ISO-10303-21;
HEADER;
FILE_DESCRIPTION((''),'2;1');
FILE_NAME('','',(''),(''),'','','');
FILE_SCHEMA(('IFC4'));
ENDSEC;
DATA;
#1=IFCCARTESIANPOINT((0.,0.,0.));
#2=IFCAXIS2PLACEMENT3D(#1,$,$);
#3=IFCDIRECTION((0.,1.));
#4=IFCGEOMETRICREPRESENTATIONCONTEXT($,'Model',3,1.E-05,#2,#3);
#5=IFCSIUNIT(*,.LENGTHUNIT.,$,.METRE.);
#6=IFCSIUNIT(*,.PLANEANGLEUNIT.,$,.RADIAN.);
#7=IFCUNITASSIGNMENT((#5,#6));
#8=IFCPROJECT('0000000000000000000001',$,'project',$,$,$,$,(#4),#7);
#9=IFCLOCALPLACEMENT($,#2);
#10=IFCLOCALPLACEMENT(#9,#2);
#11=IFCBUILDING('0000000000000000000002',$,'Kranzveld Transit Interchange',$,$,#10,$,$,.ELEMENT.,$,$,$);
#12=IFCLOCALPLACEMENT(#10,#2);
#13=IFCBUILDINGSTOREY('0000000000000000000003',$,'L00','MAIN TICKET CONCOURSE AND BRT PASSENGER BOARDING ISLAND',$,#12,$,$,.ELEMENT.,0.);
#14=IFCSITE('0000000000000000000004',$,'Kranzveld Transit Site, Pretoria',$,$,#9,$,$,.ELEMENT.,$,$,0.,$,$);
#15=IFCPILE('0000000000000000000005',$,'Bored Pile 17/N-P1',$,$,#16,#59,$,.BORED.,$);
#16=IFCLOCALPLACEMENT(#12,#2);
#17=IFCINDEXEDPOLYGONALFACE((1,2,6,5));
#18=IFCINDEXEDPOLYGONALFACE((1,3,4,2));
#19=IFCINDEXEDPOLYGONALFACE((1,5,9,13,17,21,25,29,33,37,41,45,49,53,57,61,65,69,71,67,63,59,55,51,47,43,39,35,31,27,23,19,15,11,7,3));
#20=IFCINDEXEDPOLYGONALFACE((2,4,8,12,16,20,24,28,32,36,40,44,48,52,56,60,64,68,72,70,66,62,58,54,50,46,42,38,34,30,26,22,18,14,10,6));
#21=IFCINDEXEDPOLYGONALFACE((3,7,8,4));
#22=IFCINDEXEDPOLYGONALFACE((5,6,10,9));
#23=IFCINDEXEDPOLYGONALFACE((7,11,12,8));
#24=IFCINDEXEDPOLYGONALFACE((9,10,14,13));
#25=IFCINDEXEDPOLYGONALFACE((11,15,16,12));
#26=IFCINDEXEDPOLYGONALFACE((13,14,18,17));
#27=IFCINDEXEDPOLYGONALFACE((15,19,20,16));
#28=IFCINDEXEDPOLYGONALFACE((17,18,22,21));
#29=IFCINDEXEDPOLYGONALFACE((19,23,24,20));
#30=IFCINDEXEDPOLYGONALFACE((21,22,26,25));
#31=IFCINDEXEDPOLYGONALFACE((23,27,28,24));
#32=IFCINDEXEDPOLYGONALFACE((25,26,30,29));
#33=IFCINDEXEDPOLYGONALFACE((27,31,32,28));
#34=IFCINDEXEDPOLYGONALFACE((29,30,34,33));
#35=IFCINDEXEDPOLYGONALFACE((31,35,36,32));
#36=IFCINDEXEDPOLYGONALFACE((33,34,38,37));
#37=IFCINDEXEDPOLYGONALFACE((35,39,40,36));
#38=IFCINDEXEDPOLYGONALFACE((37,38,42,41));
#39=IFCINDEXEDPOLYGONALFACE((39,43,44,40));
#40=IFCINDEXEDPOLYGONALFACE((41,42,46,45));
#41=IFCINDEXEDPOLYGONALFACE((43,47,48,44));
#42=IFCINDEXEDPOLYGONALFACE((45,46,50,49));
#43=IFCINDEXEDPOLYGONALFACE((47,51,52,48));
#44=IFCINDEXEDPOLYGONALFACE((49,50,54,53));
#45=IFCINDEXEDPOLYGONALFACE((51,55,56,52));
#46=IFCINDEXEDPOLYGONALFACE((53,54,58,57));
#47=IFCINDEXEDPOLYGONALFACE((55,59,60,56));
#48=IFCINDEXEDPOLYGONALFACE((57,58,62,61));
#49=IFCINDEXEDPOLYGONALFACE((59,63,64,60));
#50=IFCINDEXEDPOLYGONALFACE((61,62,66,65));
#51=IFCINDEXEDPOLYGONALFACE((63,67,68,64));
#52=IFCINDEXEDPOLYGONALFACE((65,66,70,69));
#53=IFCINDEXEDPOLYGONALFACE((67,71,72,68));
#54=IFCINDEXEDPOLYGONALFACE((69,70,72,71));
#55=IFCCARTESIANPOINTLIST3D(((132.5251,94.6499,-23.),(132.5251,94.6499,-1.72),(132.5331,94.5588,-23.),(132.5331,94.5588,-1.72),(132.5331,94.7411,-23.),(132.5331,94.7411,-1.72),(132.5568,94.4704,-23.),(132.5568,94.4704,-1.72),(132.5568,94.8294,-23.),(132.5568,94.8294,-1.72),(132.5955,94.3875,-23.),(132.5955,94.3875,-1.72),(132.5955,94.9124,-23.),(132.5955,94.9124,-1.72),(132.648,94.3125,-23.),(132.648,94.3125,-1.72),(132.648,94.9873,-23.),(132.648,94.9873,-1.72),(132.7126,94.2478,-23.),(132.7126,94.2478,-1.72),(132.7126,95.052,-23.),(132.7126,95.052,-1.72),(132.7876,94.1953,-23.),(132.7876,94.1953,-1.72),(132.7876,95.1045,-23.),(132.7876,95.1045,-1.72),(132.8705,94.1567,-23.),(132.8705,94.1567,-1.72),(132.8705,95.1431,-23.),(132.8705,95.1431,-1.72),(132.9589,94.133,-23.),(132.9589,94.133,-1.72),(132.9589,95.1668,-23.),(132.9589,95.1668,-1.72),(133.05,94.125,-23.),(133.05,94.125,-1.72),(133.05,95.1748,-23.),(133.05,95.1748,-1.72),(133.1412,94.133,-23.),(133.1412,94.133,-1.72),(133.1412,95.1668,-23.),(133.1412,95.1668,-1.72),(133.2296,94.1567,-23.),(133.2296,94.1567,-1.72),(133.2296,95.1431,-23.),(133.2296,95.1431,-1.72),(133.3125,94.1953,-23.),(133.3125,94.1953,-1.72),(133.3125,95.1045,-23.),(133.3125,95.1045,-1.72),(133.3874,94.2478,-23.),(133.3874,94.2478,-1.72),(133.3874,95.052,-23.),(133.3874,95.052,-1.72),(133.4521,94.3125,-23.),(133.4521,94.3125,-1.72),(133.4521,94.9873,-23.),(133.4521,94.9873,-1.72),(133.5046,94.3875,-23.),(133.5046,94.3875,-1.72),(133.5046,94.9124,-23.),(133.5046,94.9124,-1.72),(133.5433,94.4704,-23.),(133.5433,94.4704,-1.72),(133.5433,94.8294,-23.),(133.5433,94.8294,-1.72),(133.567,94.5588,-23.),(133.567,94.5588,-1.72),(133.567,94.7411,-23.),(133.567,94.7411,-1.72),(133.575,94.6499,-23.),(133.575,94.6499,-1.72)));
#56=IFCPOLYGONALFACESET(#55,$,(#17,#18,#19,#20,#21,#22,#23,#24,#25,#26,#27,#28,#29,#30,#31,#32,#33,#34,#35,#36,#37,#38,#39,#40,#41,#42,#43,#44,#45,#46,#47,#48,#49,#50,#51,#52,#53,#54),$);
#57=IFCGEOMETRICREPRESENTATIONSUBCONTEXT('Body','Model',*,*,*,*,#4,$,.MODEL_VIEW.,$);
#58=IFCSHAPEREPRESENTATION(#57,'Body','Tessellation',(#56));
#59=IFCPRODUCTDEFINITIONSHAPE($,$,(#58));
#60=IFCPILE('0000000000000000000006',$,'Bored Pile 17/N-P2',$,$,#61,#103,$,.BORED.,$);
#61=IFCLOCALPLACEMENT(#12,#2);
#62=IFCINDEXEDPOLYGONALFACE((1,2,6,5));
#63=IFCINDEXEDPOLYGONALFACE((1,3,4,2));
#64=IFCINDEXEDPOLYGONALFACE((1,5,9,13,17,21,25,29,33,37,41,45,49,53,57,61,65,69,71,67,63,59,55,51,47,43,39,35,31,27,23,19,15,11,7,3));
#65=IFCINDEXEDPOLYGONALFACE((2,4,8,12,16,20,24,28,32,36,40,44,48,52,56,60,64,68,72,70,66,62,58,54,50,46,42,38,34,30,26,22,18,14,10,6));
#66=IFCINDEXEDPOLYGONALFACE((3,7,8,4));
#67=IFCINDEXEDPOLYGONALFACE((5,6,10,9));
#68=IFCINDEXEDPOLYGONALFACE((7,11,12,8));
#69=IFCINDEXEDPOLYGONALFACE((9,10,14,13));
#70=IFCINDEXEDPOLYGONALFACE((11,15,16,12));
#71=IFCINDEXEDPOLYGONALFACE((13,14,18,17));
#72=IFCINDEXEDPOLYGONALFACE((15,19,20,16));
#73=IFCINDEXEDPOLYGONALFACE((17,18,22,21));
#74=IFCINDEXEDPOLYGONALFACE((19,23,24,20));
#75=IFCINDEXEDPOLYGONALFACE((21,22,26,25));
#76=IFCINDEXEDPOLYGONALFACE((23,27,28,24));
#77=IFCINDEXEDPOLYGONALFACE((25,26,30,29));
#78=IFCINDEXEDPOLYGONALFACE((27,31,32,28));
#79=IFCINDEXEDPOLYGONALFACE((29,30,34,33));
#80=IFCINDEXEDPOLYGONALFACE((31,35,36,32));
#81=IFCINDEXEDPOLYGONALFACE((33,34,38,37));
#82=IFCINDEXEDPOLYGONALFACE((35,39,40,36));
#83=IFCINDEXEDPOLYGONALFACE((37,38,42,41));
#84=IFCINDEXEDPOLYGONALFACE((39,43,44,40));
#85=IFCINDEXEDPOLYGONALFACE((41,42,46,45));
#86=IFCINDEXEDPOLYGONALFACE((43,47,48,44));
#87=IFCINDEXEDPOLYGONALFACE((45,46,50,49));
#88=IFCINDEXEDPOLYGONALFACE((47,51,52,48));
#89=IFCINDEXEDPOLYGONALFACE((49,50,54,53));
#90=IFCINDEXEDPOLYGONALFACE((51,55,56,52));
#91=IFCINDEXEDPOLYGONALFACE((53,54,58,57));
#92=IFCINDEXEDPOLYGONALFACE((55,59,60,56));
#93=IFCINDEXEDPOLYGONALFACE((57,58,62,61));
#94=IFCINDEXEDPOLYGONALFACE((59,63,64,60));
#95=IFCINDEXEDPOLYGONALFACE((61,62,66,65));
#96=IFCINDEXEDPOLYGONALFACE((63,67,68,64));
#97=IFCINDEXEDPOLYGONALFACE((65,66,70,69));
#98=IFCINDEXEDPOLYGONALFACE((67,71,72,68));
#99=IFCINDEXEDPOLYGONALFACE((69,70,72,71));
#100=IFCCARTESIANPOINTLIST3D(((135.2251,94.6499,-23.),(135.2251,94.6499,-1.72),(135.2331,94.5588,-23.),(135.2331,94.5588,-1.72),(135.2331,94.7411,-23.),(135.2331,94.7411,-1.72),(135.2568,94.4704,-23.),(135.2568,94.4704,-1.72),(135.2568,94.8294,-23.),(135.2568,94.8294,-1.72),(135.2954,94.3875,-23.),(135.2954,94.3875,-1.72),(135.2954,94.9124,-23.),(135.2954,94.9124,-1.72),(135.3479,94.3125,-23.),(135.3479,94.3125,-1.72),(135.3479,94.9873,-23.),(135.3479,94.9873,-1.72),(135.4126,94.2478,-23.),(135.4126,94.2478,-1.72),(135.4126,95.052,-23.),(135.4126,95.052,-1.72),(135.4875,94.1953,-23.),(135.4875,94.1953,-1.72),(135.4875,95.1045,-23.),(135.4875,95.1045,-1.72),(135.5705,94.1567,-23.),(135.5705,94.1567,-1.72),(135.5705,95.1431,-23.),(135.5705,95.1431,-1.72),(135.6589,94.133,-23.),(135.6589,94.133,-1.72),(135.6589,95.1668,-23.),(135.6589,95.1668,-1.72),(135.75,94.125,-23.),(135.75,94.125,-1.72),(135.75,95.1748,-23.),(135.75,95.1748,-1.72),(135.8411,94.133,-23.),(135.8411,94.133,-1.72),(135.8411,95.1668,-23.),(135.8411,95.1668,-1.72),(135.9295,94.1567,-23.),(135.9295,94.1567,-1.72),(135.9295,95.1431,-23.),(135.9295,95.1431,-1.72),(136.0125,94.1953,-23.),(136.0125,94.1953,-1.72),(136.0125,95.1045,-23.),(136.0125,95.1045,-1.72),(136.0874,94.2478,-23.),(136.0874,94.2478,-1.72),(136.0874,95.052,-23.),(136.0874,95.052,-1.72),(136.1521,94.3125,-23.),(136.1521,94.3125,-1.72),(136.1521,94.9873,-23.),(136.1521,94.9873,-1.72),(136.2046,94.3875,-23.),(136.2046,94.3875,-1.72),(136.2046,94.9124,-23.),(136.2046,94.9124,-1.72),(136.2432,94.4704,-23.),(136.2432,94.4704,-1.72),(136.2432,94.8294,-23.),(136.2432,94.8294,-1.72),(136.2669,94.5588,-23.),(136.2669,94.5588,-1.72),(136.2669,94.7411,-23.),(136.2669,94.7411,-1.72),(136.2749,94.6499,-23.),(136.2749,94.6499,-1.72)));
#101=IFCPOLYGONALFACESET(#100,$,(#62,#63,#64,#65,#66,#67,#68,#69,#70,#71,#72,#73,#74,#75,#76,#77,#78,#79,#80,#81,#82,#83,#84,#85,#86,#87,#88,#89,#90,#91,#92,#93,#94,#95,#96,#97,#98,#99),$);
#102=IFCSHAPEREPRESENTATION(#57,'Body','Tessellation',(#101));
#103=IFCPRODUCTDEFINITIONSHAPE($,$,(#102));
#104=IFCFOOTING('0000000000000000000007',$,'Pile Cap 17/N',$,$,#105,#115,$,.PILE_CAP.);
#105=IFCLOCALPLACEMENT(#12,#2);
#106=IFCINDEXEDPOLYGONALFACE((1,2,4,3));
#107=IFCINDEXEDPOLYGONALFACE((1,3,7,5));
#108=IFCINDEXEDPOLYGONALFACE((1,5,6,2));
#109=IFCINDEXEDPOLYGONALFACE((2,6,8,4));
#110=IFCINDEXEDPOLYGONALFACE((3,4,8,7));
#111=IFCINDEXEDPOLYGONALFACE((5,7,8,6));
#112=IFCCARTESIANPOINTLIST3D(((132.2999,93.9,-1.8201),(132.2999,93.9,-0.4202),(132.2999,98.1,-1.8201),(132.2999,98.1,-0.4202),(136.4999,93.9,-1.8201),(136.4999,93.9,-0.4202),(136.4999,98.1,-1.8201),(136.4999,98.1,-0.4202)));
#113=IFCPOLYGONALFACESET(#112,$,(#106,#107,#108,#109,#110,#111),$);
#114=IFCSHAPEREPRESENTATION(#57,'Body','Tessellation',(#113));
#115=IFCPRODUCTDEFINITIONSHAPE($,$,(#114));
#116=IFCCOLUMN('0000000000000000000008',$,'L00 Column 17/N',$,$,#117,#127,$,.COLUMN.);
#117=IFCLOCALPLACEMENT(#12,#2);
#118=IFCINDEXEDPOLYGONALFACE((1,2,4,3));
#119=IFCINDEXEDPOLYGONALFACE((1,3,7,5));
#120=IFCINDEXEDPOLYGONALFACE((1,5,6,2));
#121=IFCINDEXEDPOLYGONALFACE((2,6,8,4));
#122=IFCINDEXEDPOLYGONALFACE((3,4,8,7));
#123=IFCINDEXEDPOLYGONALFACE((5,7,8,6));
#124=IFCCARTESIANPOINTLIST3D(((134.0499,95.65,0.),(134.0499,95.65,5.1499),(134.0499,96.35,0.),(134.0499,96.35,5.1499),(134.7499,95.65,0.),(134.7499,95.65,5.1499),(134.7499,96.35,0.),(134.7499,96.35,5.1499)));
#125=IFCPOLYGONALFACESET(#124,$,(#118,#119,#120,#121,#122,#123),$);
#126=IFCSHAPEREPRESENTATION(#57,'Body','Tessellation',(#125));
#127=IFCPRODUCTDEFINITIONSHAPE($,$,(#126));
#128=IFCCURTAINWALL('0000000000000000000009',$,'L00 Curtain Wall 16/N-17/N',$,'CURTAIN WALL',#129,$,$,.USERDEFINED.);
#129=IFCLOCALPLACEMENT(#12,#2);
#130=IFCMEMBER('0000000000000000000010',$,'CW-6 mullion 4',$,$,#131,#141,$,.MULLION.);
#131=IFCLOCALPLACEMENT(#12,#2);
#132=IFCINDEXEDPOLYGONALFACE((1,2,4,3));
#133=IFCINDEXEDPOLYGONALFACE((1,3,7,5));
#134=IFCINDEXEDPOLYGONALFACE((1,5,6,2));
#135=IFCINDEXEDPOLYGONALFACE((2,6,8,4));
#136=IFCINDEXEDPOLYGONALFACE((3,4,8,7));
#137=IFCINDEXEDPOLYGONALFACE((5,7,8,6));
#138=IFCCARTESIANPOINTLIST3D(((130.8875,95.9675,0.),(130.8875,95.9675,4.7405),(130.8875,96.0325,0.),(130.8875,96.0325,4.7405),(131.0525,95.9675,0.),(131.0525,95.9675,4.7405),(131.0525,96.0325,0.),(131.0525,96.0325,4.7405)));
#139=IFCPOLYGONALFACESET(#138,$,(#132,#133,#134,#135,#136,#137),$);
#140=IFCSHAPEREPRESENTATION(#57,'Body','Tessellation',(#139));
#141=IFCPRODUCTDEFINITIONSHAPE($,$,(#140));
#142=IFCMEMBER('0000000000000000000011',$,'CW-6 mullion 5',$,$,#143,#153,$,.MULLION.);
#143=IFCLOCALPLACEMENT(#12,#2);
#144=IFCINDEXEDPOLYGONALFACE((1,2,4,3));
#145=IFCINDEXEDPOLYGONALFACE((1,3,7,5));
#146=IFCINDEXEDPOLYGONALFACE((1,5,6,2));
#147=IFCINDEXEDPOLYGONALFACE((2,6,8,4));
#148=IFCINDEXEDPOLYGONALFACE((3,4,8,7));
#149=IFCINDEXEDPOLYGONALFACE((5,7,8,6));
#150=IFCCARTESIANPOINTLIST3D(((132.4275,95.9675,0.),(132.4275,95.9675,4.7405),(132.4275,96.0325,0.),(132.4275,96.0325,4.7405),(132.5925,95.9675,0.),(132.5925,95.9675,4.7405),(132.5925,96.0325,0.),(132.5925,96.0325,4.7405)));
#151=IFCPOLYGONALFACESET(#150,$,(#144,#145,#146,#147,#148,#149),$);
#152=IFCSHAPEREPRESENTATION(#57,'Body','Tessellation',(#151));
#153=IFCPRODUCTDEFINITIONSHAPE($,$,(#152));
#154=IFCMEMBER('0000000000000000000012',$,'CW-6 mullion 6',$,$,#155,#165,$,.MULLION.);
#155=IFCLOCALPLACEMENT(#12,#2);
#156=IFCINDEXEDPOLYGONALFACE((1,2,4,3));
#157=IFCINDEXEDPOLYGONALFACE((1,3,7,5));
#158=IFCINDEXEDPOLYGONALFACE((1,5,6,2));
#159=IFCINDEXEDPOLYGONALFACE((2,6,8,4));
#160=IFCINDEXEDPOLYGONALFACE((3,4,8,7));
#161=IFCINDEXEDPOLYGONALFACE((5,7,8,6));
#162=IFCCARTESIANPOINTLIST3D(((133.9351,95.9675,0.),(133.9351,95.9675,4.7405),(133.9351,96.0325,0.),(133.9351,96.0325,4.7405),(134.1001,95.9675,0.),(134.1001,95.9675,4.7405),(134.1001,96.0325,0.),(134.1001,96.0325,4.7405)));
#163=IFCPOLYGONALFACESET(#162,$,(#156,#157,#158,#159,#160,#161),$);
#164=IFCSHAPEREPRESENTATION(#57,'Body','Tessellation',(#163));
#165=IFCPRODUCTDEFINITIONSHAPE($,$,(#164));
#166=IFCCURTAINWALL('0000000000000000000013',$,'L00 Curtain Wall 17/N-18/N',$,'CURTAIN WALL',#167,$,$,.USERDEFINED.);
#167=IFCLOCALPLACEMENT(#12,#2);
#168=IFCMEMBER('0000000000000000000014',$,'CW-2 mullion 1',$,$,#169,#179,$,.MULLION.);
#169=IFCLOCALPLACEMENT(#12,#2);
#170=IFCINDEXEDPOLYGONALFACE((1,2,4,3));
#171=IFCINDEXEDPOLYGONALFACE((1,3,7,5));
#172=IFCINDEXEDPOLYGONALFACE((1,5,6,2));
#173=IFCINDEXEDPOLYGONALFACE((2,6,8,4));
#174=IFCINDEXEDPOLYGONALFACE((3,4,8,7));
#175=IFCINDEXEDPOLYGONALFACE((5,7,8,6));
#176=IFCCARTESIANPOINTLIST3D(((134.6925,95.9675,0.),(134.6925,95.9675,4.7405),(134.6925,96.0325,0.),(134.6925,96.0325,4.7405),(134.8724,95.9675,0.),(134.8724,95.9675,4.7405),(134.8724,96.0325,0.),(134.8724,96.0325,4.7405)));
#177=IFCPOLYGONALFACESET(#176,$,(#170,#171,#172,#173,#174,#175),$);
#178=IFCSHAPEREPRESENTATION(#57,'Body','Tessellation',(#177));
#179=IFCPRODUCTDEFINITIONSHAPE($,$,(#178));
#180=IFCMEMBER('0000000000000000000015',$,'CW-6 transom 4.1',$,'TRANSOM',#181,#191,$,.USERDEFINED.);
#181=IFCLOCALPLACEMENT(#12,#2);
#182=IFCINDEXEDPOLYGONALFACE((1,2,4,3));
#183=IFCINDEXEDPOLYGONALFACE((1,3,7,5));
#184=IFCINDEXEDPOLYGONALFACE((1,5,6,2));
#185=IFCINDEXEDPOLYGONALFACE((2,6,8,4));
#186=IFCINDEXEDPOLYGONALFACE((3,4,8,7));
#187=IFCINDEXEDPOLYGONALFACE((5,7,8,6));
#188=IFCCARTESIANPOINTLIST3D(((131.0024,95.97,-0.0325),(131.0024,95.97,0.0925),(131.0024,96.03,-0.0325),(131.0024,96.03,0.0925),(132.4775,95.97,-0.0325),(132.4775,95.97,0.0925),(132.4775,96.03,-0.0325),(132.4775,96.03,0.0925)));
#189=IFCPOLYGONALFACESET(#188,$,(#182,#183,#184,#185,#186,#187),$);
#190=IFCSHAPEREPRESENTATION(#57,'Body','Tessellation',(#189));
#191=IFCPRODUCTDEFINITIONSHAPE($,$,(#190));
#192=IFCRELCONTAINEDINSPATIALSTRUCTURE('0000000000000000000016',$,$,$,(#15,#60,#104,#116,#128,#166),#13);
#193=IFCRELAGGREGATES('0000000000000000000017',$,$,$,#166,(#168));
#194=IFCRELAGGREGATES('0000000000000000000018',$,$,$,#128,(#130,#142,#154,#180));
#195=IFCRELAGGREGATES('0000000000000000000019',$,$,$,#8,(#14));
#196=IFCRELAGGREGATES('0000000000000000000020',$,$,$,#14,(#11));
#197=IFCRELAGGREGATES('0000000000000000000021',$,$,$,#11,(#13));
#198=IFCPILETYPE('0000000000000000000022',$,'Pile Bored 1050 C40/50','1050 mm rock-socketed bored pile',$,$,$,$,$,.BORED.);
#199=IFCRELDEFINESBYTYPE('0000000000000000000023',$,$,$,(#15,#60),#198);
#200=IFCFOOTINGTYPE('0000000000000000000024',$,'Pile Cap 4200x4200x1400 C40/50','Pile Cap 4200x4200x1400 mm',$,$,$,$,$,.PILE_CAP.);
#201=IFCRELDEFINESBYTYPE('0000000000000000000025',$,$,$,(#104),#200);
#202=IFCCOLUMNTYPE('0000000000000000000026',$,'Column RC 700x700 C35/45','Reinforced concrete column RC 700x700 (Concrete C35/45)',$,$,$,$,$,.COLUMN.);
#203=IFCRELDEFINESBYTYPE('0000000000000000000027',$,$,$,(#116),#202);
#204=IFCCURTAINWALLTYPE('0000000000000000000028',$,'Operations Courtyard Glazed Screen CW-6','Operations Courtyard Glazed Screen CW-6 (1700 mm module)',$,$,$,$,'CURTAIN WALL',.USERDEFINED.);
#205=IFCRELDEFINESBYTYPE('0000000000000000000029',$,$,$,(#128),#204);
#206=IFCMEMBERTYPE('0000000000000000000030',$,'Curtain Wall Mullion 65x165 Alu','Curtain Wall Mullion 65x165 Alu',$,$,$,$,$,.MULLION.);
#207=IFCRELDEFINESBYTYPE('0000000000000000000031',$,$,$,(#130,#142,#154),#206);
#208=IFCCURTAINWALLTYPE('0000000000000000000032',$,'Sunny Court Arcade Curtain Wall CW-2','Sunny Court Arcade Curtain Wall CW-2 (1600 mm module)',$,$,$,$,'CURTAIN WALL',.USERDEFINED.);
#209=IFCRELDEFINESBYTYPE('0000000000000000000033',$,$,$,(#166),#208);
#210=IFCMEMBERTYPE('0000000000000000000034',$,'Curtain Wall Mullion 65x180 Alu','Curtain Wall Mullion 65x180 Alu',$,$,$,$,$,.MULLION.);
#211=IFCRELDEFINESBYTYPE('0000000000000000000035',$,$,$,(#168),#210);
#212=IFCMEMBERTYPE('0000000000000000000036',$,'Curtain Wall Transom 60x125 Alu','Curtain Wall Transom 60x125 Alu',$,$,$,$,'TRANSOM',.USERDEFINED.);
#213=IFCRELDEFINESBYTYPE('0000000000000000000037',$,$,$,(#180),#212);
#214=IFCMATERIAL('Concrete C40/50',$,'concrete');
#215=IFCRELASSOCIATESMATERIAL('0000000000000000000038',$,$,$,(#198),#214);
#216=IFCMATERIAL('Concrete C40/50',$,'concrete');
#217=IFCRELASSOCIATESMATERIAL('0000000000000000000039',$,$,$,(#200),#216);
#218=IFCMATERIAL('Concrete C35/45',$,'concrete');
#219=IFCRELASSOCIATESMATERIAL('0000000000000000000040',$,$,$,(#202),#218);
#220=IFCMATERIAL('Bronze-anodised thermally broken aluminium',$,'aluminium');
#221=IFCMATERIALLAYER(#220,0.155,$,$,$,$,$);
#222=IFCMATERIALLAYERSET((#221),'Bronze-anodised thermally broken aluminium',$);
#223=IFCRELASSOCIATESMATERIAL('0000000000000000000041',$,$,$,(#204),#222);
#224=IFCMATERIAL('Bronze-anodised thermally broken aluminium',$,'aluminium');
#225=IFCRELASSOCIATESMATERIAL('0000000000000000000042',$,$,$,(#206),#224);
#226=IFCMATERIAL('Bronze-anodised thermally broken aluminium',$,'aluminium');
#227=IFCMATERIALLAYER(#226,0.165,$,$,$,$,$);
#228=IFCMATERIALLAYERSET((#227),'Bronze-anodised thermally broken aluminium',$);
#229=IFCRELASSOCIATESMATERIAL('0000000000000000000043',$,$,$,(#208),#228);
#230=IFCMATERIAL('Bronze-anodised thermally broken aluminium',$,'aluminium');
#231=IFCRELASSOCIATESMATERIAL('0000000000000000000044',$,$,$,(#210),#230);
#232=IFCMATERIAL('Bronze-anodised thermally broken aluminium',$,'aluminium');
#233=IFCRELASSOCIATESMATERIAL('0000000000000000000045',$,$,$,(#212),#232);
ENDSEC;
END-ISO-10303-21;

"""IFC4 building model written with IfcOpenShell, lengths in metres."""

from ifc_helpers import new_model, si_unit, direction, frame, origin, origin_2d, place, context, subcontext, project, spatial, rectangle, circle, extrude, material, layer, layer_set, material_profile, profile_set, type_object, element, aggregate, save


model = new_model("IFC4")

# Units and contexts
model_context = context("Model", 3, precision=1e-05, world=origin(), true_north=direction((0.0, 1.0)))
body_context = subcontext(model_context, "Body", "Model", "MODEL_VIEW")
ifc_project = project(units=[si_unit("LENGTHUNIT", "METRE"), si_unit("PLANEANGLEUNIT", "RADIAN")], contexts=[model_context])

# Site, building, storey
site_placement = place(None, origin())
site = spatial("IfcSite", under=ifc_project, at=site_placement, Name="Kranzveld Transit Site, Pretoria", CompositionType="ELEMENT", RefElevation=0.0)
building_placement = place(site_placement, origin())
building = spatial("IfcBuilding", under=site, at=building_placement, Name="Kranzveld Transit Interchange", CompositionType="ELEMENT")
storey_placement = place(building_placement, origin())
storey = spatial("IfcBuildingStorey", under=building, at=storey_placement, Name="L00", Description="MAIN TICKET CONCOURSE AND BRT PASSENGER BOARDING ISLAND", CompositionType="ELEMENT", Elevation=0.0)

# Piles
ifc_material_1 = material(Name="Concrete C40/50", Category="concrete")
ifc_material_profile_1 = material_profile(ifc_material_1, circle(Radius=0.5249, at=origin_2d()), Name="BORED PILE 1050")
ifc_profile_set_1 = profile_set([ifc_material_profile_1], Name="Concrete C40/50")
pile_type = type_object("IfcPileType", Name="Pile Bored 1050 C40/50", Description="1050 mm rock-socketed bored pile", PredefinedType="BORED", material=ifc_profile_set_1)
for number, where, z_axis, x_axis, name in (
    (1, (133.05, 94.6499, -1.72), (0.0, 0.0, -1.0), (1.0, 0.0, 0.0), "Bored Pile 17/N-P1"),
    (2, (135.75, 94.6499, -1.72), (0.0, 0.0, -1.0), (1.0, 0.0, 0.0), "Bored Pile 17/N-P2"),
):
    element("IfcPile", number, at=place(storey_placement, frame(where, z_axis=z_axis, x_axis=x_axis)), inside=storey, type_object=pile_type, Name=name, PredefinedType="BORED", context=body_context, shape_type="SweptSolid", body=[
        extrude(circle(Radius=0.5249, at=origin_2d()), origin(), (0.0, 0.0, 1.0), 21.28),
    ])

# Footing
ifc_material_2 = material(Name="Concrete C40/50", Category="concrete")
footing_type = type_object("IfcFootingType", Name="Pile Cap 4200x4200x1400 C40/50", Description="Pile Cap 4200x4200x1400 mm", PredefinedType="PILE_CAP", material=ifc_material_2)
footing_placement = place(storey_placement, frame((134.3999, 96.0, -1.8201), z_axis=(0.0, 0.0, 1.0), x_axis=(1.0, 0.0, 0.0)))
element("IfcFooting", 3, at=footing_placement, inside=storey, type_object=footing_type, Name="Pile Cap 17/N", PredefinedType="PILE_CAP", context=body_context, shape_type="SweptSolid", body=[
    extrude(rectangle(XDim=4.2, YDim=4.2, at=origin_2d()), origin(), (0.0, 0.0, 1.0), 1.3999),
])

# Column
ifc_material_3 = material(Name="Concrete C35/45", Category="concrete")
ifc_material_profile_2 = material_profile(ifc_material_3, rectangle(XDim=0.7, YDim=0.7, at=origin_2d()), Name="RC 700x700")
ifc_profile_set_2 = profile_set([ifc_material_profile_2], Name="Concrete C35/45")
column_type = type_object("IfcColumnType", Name="Column RC 700x700 C35/45", Description="Reinforced concrete column RC 700x700 (Concrete C35/45)", PredefinedType="COLUMN", material=ifc_profile_set_2)
column_placement = place(storey_placement, frame((134.3999, 96.0, 0.0), z_axis=(0.0, 0.0, 1.0), x_axis=(1.0, 0.0, 0.0)))
element("IfcColumn", 4, at=column_placement, inside=storey, type_object=column_type, Name="L00 Column 17/N", PredefinedType="COLUMN", context=body_context, shape_type="SweptSolid", body=[
    extrude(rectangle(XDim=0.7, YDim=0.7, at=origin_2d()), origin(), (0.0, 0.0, 1.0), 5.1499),
])

# Curtain wall, members
ifc_material_4 = material(Name="Bronze-anodised thermally broken aluminium", Category="aluminium")
ifc_layer_1 = layer(ifc_material_4, 0.155)
ifc_layer_set_1 = layer_set([ifc_layer_1], Name="Bronze-anodised thermally broken aluminium")
curtain_wall_type_1 = type_object("IfcCurtainWallType", Name="Operations Courtyard Glazed Screen CW-6", Description="Operations Courtyard Glazed Screen CW-6 (1700 mm module)", ElementType="CURTAIN WALL", PredefinedType="USERDEFINED", material=ifc_layer_set_1)
curtain_wall_1_placement = place(storey_placement, origin())
curtain_wall_1 = element("IfcCurtainWall", 5, at=curtain_wall_1_placement, inside=storey, type_object=curtain_wall_type_1, Name="L00 Curtain Wall 16/N-17/N", ObjectType="CURTAIN WALL", PredefinedType="USERDEFINED")
ifc_material_5 = material(Name="Bronze-anodised thermally broken aluminium", Category="aluminium")
ifc_material_profile_3 = material_profile(ifc_material_5, rectangle(XDim=0.0649, YDim=0.165, at=origin_2d()), Name="ALU MULLION 65x165")
ifc_profile_set_3 = profile_set([ifc_material_profile_3], Name="Bronze-anodised thermally broken aluminium")
member_type_1 = type_object("IfcMemberType", Name="Curtain Wall Mullion 65x165 Alu", Description="Curtain Wall Mullion 65x165 Alu", PredefinedType="MULLION", material=ifc_profile_set_3)
member_1_placement = place(storey_placement, frame((130.97, 96.0, 0.0), z_axis=(0.0, 0.0, 1.0), x_axis=(0.0, 1.0, 0.0)))
member_1 = element("IfcMember", 6, at=member_1_placement, type_object=member_type_1, Name="CW-6 mullion 4", PredefinedType="MULLION", context=body_context, shape_type="SweptSolid", body=[
    extrude(rectangle(XDim=0.0649, YDim=0.165, at=origin_2d()), origin(), (0.0, 0.0, 1.0), 4.7405),
])
member_2_placement = place(storey_placement, frame((132.51, 96.0, 0.0), z_axis=(0.0, 0.0, 1.0), x_axis=(0.0, 1.0, 0.0)))
member_2 = element("IfcMember", 7, at=member_2_placement, type_object=member_type_1, Name="CW-6 mullion 5", PredefinedType="MULLION", context=body_context, shape_type="SweptSolid", body=[
    extrude(rectangle(XDim=0.0649, YDim=0.165, at=origin_2d()), origin(), (0.0, 0.0, 1.0), 4.7405),
])
member_3_placement = place(storey_placement, frame((134.0176, 96.0, 0.0), z_axis=(0.0, 0.0, 1.0), x_axis=(0.0, 1.0, 0.0)))
member_3 = element("IfcMember", 8, at=member_3_placement, type_object=member_type_1, Name="CW-6 mullion 6", PredefinedType="MULLION", context=body_context, shape_type="SweptSolid", body=[
    extrude(rectangle(XDim=0.0649, YDim=0.165, at=origin_2d()), origin(), (0.0, 0.0, 1.0), 4.7405),
])

# Curtain wall, member
ifc_material_6 = material(Name="Bronze-anodised thermally broken aluminium", Category="aluminium")
ifc_layer_2 = layer(ifc_material_6, 0.165)
ifc_layer_set_2 = layer_set([ifc_layer_2], Name="Bronze-anodised thermally broken aluminium")
curtain_wall_type_2 = type_object("IfcCurtainWallType", Name="Sunny Court Arcade Curtain Wall CW-2", Description="Sunny Court Arcade Curtain Wall CW-2 (1600 mm module)", ElementType="CURTAIN WALL", PredefinedType="USERDEFINED", material=ifc_layer_set_2)
curtain_wall_2_placement = place(storey_placement, origin())
curtain_wall_2 = element("IfcCurtainWall", 9, at=curtain_wall_2_placement, inside=storey, type_object=curtain_wall_type_2, Name="L00 Curtain Wall 17/N-18/N", ObjectType="CURTAIN WALL", PredefinedType="USERDEFINED")
ifc_material_7 = material(Name="Bronze-anodised thermally broken aluminium", Category="aluminium")
ifc_material_profile_4 = material_profile(ifc_material_7, rectangle(XDim=0.0649, YDim=0.1799, at=origin_2d()), Name="ALU MULLION 65x180")
ifc_profile_set_4 = profile_set([ifc_material_profile_4], Name="Bronze-anodised thermally broken aluminium")
member_type_2 = type_object("IfcMemberType", Name="Curtain Wall Mullion 65x180 Alu", Description="Curtain Wall Mullion 65x180 Alu", PredefinedType="MULLION", material=ifc_profile_set_4)
member_4_placement = place(storey_placement, frame((134.7825, 96.0, 0.0), z_axis=(0.0, 0.0, 1.0), x_axis=(0.0, 1.0, 0.0)))
member_4 = element("IfcMember", 10, at=member_4_placement, type_object=member_type_2, Name="CW-2 mullion 1", PredefinedType="MULLION", context=body_context, shape_type="SweptSolid", body=[
    extrude(rectangle(XDim=0.0649, YDim=0.1799, at=origin_2d()), origin(), (0.0, 0.0, 1.0), 4.7405),
])

# Member
ifc_material_8 = material(Name="Bronze-anodised thermally broken aluminium", Category="aluminium")
ifc_material_profile_5 = material_profile(ifc_material_8, rectangle(XDim=0.0601, YDim=0.125, at=origin_2d()), Name="ALU TRANSOM 60x125")
ifc_profile_set_5 = profile_set([ifc_material_profile_5], Name="Bronze-anodised thermally broken aluminium")
member_type_3 = type_object("IfcMemberType", Name="Curtain Wall Transom 60x125 Alu", Description="Curtain Wall Transom 60x125 Alu", ElementType="TRANSOM", PredefinedType="USERDEFINED", material=ifc_profile_set_5)
member_5_placement = place(storey_placement, frame((131.0024, 96.0, 0.03), z_axis=(1.0, 0.0, 0.0), x_axis=(0.0, 1.0, 0.0)))
member_5 = element("IfcMember", 11, at=member_5_placement, type_object=member_type_3, Name="CW-6 transom 4.1", ObjectType="TRANSOM", PredefinedType="USERDEFINED", context=body_context, shape_type="SweptSolid", body=[
    extrude(rectangle(XDim=0.0601, YDim=0.125, at=origin_2d()), origin(), (0.0, 0.0, 1.0), 1.4751),
])

aggregate(curtain_wall_2, [member_4])
aggregate(curtain_wall_1, [member_1, member_2, member_3, member_5])

save(model, "model.ifc")
